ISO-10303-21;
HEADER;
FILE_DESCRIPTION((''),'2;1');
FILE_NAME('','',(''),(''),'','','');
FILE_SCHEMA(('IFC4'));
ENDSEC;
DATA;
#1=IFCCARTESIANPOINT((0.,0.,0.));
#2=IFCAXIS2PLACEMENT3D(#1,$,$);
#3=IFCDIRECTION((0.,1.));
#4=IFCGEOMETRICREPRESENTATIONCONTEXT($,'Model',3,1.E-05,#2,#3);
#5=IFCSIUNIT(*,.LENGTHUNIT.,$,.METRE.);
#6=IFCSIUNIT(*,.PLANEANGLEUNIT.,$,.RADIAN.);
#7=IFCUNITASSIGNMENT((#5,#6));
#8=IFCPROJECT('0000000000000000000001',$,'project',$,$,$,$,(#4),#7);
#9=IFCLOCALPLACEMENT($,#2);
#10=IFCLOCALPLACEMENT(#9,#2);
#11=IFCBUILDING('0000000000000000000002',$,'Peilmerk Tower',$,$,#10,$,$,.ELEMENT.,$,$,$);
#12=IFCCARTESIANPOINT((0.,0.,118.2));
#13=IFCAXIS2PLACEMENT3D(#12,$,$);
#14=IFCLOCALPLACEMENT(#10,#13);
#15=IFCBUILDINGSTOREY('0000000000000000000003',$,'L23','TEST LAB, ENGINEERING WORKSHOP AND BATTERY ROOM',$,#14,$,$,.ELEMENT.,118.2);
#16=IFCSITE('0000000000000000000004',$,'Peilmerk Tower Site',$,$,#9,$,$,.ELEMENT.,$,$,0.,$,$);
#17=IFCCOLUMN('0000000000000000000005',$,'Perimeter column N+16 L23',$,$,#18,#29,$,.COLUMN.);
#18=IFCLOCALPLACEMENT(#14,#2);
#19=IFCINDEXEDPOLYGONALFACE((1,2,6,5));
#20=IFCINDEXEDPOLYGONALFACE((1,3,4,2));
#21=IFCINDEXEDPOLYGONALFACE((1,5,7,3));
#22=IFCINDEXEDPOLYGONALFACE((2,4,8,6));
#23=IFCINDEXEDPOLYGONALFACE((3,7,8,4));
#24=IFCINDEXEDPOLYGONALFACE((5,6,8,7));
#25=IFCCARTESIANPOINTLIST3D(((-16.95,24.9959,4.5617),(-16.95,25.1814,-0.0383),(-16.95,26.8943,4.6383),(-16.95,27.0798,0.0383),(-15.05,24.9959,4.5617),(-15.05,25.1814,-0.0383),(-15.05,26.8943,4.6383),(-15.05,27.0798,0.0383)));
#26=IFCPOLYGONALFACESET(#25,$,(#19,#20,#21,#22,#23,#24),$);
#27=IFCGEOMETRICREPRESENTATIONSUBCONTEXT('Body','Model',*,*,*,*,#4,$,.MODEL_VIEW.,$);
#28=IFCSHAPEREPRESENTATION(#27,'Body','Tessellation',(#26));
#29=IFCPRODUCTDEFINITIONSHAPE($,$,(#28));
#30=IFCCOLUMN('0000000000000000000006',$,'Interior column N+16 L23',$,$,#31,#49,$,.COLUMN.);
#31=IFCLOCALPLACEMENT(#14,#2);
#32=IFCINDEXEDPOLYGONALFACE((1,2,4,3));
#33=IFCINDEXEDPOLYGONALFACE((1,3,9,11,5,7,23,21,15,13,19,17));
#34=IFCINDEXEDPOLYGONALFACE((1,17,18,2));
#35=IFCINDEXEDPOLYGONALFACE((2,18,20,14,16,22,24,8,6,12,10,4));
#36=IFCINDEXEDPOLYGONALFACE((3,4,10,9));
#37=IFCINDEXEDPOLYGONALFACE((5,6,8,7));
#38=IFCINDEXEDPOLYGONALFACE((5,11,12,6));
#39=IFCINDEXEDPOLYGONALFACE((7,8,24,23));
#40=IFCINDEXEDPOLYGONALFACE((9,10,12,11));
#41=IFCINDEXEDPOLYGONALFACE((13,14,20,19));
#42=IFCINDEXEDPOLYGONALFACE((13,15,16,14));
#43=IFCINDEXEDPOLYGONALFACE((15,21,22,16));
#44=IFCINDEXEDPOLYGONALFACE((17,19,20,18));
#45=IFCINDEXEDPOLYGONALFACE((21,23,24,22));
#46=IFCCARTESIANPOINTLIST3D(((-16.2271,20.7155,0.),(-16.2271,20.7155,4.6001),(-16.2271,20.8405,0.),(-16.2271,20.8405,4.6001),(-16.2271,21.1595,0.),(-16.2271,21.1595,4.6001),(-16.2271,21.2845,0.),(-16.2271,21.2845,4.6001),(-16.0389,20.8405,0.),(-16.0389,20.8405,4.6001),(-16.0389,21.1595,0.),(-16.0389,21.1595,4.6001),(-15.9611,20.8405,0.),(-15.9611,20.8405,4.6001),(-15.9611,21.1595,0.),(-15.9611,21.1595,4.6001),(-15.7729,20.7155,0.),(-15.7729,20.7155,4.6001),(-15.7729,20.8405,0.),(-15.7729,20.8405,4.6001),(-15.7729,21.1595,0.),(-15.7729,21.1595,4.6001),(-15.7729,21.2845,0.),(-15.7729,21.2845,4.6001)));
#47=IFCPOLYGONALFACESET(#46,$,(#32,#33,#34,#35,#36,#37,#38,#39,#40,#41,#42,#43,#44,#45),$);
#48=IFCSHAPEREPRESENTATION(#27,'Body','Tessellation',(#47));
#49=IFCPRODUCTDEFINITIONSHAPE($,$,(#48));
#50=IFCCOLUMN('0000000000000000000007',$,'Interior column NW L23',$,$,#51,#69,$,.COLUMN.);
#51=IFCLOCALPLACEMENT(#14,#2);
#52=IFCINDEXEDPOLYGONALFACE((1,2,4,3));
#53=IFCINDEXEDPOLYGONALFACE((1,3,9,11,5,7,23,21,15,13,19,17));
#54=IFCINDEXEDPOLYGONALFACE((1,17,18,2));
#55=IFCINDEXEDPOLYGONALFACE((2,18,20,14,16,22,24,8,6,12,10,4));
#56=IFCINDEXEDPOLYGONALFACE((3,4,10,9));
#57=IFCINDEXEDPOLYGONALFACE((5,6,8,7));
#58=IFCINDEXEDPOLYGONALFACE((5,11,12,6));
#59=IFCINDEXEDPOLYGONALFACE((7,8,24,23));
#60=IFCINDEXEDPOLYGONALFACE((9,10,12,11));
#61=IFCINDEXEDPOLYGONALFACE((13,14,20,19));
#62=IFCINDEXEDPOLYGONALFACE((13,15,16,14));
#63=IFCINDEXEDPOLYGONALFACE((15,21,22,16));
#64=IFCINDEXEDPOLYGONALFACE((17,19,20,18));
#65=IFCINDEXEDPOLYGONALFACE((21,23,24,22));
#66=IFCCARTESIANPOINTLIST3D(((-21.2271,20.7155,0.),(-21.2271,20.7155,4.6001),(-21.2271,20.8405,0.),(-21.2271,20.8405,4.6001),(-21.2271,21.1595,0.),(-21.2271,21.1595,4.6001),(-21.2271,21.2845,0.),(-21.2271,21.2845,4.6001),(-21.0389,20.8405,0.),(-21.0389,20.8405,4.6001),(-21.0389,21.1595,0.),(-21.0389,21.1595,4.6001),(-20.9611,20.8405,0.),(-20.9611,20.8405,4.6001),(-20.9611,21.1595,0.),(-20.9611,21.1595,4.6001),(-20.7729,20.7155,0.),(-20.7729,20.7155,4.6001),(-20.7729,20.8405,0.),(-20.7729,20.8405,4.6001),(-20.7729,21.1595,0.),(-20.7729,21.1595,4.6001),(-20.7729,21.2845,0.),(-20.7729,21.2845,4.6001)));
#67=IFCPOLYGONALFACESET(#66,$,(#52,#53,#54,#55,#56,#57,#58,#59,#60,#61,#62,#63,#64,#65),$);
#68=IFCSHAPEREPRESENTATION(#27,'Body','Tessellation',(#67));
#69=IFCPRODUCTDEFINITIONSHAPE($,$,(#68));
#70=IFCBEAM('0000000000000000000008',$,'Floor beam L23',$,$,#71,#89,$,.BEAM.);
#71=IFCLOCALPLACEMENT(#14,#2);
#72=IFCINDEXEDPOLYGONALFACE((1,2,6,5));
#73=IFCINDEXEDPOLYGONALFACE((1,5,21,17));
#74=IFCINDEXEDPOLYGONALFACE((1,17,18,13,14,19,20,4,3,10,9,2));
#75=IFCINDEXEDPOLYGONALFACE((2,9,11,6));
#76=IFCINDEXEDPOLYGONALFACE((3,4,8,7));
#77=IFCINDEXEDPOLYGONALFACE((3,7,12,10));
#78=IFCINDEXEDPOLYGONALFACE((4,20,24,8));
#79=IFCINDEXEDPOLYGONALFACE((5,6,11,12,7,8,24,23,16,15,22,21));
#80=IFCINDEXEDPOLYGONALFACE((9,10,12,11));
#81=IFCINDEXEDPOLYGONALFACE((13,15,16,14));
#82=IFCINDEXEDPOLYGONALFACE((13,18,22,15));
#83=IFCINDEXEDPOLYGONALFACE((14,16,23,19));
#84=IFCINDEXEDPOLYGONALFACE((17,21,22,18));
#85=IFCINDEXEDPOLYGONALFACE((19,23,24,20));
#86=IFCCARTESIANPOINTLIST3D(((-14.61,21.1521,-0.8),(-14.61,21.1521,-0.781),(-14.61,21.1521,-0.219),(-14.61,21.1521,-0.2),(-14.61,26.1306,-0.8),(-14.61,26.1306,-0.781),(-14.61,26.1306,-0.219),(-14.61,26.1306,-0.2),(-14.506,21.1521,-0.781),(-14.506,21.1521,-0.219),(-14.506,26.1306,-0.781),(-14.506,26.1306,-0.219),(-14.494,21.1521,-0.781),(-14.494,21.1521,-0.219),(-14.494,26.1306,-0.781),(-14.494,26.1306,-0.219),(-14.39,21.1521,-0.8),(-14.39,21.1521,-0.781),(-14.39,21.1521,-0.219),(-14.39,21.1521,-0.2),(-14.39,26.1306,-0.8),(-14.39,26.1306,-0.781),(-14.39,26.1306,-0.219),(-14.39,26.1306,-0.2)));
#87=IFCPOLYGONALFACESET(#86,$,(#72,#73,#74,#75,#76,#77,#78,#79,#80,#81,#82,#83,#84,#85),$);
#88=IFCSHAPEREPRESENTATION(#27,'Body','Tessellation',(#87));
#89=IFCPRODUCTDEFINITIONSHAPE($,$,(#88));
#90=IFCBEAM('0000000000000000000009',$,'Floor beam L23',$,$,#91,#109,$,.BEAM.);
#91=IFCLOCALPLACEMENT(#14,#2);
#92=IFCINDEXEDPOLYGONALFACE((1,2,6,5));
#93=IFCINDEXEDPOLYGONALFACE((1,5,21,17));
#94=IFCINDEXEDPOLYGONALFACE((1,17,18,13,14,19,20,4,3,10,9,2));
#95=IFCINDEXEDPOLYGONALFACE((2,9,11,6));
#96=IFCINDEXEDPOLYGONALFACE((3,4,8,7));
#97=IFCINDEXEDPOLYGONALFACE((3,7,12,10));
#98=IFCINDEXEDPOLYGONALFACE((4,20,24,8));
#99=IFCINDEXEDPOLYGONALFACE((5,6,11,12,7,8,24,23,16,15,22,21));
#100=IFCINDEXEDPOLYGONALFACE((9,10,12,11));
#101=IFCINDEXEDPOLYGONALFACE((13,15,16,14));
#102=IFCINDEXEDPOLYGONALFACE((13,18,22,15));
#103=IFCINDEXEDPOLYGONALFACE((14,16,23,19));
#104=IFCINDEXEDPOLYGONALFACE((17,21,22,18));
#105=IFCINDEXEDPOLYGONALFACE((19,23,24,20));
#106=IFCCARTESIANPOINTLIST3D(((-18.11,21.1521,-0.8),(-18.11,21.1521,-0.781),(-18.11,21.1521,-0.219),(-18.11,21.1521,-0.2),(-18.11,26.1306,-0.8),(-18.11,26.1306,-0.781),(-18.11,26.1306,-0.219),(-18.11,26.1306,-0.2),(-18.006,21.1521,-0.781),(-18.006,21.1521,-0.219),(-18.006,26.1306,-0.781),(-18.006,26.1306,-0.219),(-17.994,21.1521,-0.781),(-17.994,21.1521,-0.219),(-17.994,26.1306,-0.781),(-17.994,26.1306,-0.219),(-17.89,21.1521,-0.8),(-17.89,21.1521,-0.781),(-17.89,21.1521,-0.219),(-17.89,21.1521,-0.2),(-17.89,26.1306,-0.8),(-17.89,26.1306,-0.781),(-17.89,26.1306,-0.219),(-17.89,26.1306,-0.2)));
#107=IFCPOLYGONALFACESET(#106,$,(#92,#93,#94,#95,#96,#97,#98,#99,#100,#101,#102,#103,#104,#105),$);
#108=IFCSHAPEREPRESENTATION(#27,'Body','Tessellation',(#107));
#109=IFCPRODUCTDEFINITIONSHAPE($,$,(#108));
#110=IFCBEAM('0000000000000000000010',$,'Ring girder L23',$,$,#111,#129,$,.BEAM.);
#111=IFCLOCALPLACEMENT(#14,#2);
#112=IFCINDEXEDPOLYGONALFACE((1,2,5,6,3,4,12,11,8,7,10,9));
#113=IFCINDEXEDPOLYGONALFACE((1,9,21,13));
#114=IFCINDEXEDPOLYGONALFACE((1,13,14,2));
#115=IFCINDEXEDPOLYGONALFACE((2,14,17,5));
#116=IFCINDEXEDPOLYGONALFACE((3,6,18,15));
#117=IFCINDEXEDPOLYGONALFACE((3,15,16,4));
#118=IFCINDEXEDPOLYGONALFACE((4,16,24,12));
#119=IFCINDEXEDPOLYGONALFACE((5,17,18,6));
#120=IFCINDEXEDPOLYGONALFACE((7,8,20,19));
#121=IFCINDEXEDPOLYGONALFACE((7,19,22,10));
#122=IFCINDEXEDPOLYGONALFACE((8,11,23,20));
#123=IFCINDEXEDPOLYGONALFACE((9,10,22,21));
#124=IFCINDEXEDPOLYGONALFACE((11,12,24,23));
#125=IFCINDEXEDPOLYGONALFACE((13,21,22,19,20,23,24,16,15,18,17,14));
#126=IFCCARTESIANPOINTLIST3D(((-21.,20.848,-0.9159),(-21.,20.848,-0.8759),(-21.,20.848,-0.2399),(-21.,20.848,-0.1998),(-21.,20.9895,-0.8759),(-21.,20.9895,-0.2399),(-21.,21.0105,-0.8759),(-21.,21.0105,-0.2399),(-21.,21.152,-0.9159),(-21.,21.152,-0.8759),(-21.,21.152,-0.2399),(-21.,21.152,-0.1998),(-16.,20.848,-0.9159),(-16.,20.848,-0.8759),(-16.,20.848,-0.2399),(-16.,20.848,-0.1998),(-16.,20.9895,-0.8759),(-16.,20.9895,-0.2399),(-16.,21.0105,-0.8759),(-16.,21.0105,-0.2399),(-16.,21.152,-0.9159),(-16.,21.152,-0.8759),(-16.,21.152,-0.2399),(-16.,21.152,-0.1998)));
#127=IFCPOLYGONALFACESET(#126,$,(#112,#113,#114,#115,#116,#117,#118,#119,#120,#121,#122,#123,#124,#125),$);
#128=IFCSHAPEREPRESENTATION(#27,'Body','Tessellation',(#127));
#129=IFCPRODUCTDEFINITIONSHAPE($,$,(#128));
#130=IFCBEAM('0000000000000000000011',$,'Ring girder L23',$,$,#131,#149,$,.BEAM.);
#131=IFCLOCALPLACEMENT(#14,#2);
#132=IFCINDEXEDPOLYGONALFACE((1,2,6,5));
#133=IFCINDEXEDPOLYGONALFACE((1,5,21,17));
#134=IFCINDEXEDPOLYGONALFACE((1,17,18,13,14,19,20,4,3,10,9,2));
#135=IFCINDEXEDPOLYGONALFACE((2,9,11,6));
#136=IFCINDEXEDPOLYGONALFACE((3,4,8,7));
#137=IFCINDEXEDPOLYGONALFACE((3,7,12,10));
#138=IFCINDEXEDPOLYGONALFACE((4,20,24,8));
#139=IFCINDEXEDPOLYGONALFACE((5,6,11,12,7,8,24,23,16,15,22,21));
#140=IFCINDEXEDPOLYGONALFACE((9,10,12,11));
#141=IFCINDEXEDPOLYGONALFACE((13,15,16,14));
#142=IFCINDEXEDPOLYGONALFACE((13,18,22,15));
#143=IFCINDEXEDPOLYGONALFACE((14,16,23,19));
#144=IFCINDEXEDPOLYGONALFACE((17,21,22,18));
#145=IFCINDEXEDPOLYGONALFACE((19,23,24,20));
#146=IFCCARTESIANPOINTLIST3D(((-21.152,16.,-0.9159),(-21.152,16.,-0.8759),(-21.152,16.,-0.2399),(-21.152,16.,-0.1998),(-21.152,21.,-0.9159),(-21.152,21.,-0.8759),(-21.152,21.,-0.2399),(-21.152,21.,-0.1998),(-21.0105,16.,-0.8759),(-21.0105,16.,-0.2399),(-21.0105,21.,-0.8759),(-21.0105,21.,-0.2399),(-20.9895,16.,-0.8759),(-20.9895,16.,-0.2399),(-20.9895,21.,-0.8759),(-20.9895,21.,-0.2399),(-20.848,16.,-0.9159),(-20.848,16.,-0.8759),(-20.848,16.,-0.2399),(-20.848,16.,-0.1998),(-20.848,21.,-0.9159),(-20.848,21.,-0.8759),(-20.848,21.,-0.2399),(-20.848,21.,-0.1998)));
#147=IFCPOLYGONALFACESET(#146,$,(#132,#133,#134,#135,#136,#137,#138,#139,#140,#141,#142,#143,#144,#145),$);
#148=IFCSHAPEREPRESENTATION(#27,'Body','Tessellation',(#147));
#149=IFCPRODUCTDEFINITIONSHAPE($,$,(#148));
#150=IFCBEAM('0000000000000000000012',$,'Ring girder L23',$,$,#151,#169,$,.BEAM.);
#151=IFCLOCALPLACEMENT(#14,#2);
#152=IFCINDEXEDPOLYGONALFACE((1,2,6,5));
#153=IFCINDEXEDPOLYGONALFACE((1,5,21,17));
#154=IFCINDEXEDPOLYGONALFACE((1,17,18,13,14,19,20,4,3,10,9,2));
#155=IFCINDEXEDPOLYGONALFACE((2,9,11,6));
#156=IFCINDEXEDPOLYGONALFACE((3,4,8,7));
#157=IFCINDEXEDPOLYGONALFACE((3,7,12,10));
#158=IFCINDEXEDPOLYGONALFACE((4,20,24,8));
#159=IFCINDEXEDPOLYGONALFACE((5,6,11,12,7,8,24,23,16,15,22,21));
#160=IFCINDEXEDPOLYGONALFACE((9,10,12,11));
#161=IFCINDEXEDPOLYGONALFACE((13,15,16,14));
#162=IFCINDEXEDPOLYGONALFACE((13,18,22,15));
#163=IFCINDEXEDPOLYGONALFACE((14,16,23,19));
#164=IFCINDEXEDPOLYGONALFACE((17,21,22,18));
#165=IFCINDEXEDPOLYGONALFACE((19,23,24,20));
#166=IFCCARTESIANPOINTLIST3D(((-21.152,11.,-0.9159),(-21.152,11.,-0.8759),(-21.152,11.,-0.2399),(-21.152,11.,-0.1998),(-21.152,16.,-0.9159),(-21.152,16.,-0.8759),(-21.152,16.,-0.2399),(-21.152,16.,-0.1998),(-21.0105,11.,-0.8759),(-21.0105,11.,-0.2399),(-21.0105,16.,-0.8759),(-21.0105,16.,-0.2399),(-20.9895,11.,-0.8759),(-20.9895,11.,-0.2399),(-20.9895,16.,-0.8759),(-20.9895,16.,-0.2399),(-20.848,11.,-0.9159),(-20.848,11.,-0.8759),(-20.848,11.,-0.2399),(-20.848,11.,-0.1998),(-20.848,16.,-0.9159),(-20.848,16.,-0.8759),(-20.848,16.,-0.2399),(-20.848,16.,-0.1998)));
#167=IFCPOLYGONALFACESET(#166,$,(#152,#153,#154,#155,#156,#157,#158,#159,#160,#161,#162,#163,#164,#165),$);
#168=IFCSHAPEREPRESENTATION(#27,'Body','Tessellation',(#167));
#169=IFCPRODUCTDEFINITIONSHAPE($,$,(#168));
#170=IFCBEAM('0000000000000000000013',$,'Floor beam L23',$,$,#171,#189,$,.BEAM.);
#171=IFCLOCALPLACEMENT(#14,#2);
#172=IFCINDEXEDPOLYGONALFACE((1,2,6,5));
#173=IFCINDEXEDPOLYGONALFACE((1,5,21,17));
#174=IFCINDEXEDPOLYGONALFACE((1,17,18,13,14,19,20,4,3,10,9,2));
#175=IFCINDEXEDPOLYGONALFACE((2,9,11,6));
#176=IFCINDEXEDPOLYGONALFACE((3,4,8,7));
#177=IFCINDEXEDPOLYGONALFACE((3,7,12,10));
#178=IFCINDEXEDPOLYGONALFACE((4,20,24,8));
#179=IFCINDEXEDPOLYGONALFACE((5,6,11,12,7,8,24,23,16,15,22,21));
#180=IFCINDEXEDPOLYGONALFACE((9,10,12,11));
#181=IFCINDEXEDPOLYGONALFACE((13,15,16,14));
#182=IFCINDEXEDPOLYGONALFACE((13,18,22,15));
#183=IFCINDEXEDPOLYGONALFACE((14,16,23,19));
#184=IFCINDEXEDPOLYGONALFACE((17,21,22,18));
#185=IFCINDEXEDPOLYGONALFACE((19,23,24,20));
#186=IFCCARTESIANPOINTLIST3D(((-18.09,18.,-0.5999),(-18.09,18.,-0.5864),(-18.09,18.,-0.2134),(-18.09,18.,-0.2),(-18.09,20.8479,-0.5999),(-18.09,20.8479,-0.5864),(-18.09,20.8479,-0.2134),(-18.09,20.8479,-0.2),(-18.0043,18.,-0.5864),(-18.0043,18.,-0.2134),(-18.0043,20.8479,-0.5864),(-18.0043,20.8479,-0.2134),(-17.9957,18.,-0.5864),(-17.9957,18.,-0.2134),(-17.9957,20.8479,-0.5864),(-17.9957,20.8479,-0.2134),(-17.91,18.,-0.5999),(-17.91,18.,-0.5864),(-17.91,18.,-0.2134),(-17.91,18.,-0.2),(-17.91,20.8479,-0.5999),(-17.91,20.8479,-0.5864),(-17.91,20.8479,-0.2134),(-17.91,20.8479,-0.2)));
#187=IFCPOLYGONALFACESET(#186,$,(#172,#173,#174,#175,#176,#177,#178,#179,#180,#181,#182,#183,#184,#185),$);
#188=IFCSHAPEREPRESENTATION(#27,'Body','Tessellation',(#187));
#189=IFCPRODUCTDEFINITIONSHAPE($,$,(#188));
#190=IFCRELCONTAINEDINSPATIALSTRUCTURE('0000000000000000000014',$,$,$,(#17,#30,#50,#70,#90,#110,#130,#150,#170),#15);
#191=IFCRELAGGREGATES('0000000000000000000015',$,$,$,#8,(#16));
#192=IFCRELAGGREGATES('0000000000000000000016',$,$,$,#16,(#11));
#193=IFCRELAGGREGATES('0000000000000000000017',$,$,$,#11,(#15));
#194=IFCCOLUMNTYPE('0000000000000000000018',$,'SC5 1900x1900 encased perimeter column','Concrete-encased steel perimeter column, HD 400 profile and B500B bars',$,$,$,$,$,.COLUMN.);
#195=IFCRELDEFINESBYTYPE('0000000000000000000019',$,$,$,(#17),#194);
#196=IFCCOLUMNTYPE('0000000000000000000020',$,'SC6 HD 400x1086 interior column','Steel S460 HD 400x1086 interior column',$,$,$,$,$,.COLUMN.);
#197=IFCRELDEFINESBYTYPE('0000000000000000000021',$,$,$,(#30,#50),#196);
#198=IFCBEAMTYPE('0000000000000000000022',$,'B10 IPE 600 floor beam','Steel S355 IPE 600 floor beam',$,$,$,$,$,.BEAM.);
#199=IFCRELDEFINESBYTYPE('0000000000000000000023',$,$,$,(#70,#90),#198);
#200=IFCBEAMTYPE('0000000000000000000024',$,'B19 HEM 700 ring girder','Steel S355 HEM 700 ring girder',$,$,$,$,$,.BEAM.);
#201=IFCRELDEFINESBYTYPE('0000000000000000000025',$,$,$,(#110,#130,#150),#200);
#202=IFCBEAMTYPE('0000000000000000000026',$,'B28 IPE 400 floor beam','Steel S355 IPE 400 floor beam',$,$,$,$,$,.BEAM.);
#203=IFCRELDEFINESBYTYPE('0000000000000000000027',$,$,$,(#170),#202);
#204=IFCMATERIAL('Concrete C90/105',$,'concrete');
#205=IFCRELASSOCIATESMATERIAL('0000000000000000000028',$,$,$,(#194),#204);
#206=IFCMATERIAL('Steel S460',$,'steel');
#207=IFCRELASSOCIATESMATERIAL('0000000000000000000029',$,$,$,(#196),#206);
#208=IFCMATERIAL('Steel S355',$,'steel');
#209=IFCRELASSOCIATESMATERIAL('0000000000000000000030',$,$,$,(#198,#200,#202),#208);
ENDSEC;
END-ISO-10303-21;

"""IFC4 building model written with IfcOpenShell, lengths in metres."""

from ifc_helpers import new_model, si_unit, direction, frame, origin, origin_2d, place, context, subcontext, project, spatial, rectangle, i_section, extrude, material, material_profile, profile_set, type_object, element, save


model = new_model("IFC4")

# Units and contexts
model_context = context("Model", 3, precision=1e-05, world=origin(), true_north=direction((0.0, 1.0)))
body_context = subcontext(model_context, "Body", "Model", "MODEL_VIEW")
ifc_project = project(units=[si_unit("LENGTHUNIT", "METRE"), si_unit("PLANEANGLEUNIT", "RADIAN")], contexts=[model_context])

# Site, building, storey
site_placement = place(None, origin())
site = spatial("IfcSite", under=ifc_project, at=site_placement, Name="Peilmerk Tower Site", CompositionType="ELEMENT", RefElevation=0.0)
building_placement = place(site_placement, origin())
building = spatial("IfcBuilding", under=site, at=building_placement, Name="Peilmerk Tower", CompositionType="ELEMENT")
storey_placement = place(building_placement, frame((0.0, 0.0, 118.2)))
storey = spatial("IfcBuildingStorey", under=building, at=storey_placement, Name="L23", Description="TEST LAB, ENGINEERING WORKSHOP AND BATTERY ROOM", CompositionType="ELEMENT", Elevation=118.2)

# Columns
ifc_material_1 = material(Name="Concrete C90/105", Category="concrete")
ifc_material_profile_1 = material_profile(ifc_material_1, rectangle(XDim=1.8999, YDim=1.8999, at=origin_2d()), Name="RC 1900x1900")
ifc_profile_set_1 = profile_set([ifc_material_profile_1], Name="Concrete C90/105")
column_type_1 = type_object("IfcColumnType", Name="SC5 1900x1900 encased perimeter column", Description="Concrete-encased steel perimeter column, HD 400 profile and B500B bars", PredefinedType="COLUMN", material=ifc_profile_set_1)
column_placement = place(storey_placement, frame((-16.0, 26.1306, 0.0), z_axis=(0.0, -0.040303, 0.999188), x_axis=(1.0, 0.0, 0.0)))
element("IfcColumn", 1, at=column_placement, inside=storey, type_object=column_type_1, Name="Perimeter column N+16 L23", PredefinedType="COLUMN", context=body_context, shape_type="SweptSolid", body=[
    extrude(rectangle(XDim=1.8999, YDim=1.8999, at=origin_2d()), origin(), (0.0, 0.0, 1.0), 4.6038),
])
ifc_material_2 = material(Name="Steel S460", Category="steel")
ifc_material_profile_2 = material_profile(ifc_material_2, i_section(OverallWidth=0.4541, OverallDepth=0.5691, WebThickness=0.0779, FlangeThickness=0.125, at=origin_2d()), Name="HD 400x1086")
ifc_profile_set_2 = profile_set([ifc_material_profile_2], Name="Steel S460")
column_type_2 = type_object("IfcColumnType", Name="SC6 HD 400x1086 interior column", Description="Steel S460 HD 400x1086 interior column", PredefinedType="COLUMN", material=ifc_profile_set_2)
for number, where, z_axis, x_axis, name in (
    (2, (-16.0, 21.0, 0.0), (0.0, 0.0, 1.0), (1.0, 0.0, 0.0), "Interior column N+16 L23"),
    (3, (-21.0, 21.0, 0.0), (0.0, 0.0, 1.0), (1.0, 0.0, 0.0), "Interior column NW L23"),
):
    element("IfcColumn", number, at=place(storey_placement, frame(where, z_axis=z_axis, x_axis=x_axis)), inside=storey, type_object=column_type_2, Name=name, PredefinedType="COLUMN", context=body_context, shape_type="SweptSolid", body=[
        extrude(i_section(OverallWidth=0.4541, OverallDepth=0.5691, WebThickness=0.0779, FlangeThickness=0.125, at=origin_2d()), origin(), (0.0, 0.0, 1.0), 4.6001),
    ])

# Beams
ifc_material_3 = material(Name="Steel S355", Category="steel")
ifc_material_profile_3 = material_profile(ifc_material_3, i_section(OverallWidth=0.22, OverallDepth=0.6001, WebThickness=0.012, FlangeThickness=0.019, at=origin_2d()), Name="IPE 600")
ifc_profile_set_3 = profile_set([ifc_material_profile_3], Name="Steel S355")
beam_type_1 = type_object("IfcBeamType", Name="B10 IPE 600 floor beam", Description="Steel S355 IPE 600 floor beam", PredefinedType="BEAM", material=ifc_profile_set_3)
for number, where, z_axis, x_axis, name in (
    (4, (-14.5, 21.1521, -0.5), (0.0, 1.0, 0.0), (-1.0, 0.0, 0.0), "Floor beam L23"),
    (5, (-18.0, 21.1521, -0.5), (0.0, 1.0, 0.0), (-1.0, 0.0, 0.0), "Floor beam L23"),
):
    element("IfcBeam", number, at=place(storey_placement, frame(where, z_axis=z_axis, x_axis=x_axis)), inside=storey, type_object=beam_type_1, Name=name, PredefinedType="BEAM", context=body_context, shape_type="SweptSolid", body=[
        extrude(i_section(OverallWidth=0.22, OverallDepth=0.6001, WebThickness=0.012, FlangeThickness=0.019, at=origin_2d()), origin(), (0.0, 0.0, 1.0), 4.9785),
    ])
ifc_material_profile_4 = material_profile(ifc_material_3, i_section(OverallWidth=0.304, OverallDepth=0.7161, WebThickness=0.021, FlangeThickness=0.04, at=origin_2d()), Name="HEM 700")
ifc_profile_set_4 = profile_set([ifc_material_profile_4], Name="Steel S355")
beam_type_2 = type_object("IfcBeamType", Name="B19 HEM 700 ring girder", Description="Steel S355 HEM 700 ring girder", PredefinedType="BEAM", material=ifc_profile_set_4)
for number, where, z_axis, x_axis, name in (
    (6, (-16.0, 21.0, -0.5579), (-1.0, 0.0, 0.0), (0.0, -1.0, 0.0), "Ring girder L23"),
    (7, (-21.0, 21.0, -0.5579), (0.0, -1.0, 0.0), (1.0, 0.0, 0.0), "Ring girder L23"),
    (8, (-21.0, 16.0, -0.5579), (0.0, -1.0, 0.0), (1.0, 0.0, 0.0), "Ring girder L23"),
):
    element("IfcBeam", number, at=place(storey_placement, frame(where, z_axis=z_axis, x_axis=x_axis)), inside=storey, type_object=beam_type_2, Name=name, PredefinedType="BEAM", context=body_context, shape_type="SweptSolid", body=[
        extrude(i_section(OverallWidth=0.304, OverallDepth=0.7161, WebThickness=0.021, FlangeThickness=0.04, at=origin_2d()), origin(), (0.0, 0.0, 1.0), 5.0),
    ])
ifc_material_profile_5 = material_profile(ifc_material_3, i_section(OverallWidth=0.1799, OverallDepth=0.3999, WebThickness=0.0085, FlangeThickness=0.0134, at=origin_2d()), Name="IPE 400")
ifc_profile_set_5 = profile_set([ifc_material_profile_5], Name="Steel S355")
beam_type_3 = type_object("IfcBeamType", Name="B28 IPE 400 floor beam", Description="Steel S355 IPE 400 floor beam", PredefinedType="BEAM", material=ifc_profile_set_5)
for number, where, z_axis, x_axis, name in (
    (9, (-18.0, 18.0, -0.3999), (0.0, 1.0, 0.0), (-1.0, 0.0, 0.0), "Floor beam L23"),
):
    element("IfcBeam", number, at=place(storey_placement, frame(where, z_axis=z_axis, x_axis=x_axis)), inside=storey, type_object=beam_type_3, Name=name, PredefinedType="BEAM", context=body_context, shape_type="SweptSolid", body=[
        extrude(i_section(OverallWidth=0.1799, OverallDepth=0.3999, WebThickness=0.0085, FlangeThickness=0.0134, at=origin_2d()), origin(), (0.0, 0.0, 1.0), 2.8479),
    ])

save(model, "model.ifc")
